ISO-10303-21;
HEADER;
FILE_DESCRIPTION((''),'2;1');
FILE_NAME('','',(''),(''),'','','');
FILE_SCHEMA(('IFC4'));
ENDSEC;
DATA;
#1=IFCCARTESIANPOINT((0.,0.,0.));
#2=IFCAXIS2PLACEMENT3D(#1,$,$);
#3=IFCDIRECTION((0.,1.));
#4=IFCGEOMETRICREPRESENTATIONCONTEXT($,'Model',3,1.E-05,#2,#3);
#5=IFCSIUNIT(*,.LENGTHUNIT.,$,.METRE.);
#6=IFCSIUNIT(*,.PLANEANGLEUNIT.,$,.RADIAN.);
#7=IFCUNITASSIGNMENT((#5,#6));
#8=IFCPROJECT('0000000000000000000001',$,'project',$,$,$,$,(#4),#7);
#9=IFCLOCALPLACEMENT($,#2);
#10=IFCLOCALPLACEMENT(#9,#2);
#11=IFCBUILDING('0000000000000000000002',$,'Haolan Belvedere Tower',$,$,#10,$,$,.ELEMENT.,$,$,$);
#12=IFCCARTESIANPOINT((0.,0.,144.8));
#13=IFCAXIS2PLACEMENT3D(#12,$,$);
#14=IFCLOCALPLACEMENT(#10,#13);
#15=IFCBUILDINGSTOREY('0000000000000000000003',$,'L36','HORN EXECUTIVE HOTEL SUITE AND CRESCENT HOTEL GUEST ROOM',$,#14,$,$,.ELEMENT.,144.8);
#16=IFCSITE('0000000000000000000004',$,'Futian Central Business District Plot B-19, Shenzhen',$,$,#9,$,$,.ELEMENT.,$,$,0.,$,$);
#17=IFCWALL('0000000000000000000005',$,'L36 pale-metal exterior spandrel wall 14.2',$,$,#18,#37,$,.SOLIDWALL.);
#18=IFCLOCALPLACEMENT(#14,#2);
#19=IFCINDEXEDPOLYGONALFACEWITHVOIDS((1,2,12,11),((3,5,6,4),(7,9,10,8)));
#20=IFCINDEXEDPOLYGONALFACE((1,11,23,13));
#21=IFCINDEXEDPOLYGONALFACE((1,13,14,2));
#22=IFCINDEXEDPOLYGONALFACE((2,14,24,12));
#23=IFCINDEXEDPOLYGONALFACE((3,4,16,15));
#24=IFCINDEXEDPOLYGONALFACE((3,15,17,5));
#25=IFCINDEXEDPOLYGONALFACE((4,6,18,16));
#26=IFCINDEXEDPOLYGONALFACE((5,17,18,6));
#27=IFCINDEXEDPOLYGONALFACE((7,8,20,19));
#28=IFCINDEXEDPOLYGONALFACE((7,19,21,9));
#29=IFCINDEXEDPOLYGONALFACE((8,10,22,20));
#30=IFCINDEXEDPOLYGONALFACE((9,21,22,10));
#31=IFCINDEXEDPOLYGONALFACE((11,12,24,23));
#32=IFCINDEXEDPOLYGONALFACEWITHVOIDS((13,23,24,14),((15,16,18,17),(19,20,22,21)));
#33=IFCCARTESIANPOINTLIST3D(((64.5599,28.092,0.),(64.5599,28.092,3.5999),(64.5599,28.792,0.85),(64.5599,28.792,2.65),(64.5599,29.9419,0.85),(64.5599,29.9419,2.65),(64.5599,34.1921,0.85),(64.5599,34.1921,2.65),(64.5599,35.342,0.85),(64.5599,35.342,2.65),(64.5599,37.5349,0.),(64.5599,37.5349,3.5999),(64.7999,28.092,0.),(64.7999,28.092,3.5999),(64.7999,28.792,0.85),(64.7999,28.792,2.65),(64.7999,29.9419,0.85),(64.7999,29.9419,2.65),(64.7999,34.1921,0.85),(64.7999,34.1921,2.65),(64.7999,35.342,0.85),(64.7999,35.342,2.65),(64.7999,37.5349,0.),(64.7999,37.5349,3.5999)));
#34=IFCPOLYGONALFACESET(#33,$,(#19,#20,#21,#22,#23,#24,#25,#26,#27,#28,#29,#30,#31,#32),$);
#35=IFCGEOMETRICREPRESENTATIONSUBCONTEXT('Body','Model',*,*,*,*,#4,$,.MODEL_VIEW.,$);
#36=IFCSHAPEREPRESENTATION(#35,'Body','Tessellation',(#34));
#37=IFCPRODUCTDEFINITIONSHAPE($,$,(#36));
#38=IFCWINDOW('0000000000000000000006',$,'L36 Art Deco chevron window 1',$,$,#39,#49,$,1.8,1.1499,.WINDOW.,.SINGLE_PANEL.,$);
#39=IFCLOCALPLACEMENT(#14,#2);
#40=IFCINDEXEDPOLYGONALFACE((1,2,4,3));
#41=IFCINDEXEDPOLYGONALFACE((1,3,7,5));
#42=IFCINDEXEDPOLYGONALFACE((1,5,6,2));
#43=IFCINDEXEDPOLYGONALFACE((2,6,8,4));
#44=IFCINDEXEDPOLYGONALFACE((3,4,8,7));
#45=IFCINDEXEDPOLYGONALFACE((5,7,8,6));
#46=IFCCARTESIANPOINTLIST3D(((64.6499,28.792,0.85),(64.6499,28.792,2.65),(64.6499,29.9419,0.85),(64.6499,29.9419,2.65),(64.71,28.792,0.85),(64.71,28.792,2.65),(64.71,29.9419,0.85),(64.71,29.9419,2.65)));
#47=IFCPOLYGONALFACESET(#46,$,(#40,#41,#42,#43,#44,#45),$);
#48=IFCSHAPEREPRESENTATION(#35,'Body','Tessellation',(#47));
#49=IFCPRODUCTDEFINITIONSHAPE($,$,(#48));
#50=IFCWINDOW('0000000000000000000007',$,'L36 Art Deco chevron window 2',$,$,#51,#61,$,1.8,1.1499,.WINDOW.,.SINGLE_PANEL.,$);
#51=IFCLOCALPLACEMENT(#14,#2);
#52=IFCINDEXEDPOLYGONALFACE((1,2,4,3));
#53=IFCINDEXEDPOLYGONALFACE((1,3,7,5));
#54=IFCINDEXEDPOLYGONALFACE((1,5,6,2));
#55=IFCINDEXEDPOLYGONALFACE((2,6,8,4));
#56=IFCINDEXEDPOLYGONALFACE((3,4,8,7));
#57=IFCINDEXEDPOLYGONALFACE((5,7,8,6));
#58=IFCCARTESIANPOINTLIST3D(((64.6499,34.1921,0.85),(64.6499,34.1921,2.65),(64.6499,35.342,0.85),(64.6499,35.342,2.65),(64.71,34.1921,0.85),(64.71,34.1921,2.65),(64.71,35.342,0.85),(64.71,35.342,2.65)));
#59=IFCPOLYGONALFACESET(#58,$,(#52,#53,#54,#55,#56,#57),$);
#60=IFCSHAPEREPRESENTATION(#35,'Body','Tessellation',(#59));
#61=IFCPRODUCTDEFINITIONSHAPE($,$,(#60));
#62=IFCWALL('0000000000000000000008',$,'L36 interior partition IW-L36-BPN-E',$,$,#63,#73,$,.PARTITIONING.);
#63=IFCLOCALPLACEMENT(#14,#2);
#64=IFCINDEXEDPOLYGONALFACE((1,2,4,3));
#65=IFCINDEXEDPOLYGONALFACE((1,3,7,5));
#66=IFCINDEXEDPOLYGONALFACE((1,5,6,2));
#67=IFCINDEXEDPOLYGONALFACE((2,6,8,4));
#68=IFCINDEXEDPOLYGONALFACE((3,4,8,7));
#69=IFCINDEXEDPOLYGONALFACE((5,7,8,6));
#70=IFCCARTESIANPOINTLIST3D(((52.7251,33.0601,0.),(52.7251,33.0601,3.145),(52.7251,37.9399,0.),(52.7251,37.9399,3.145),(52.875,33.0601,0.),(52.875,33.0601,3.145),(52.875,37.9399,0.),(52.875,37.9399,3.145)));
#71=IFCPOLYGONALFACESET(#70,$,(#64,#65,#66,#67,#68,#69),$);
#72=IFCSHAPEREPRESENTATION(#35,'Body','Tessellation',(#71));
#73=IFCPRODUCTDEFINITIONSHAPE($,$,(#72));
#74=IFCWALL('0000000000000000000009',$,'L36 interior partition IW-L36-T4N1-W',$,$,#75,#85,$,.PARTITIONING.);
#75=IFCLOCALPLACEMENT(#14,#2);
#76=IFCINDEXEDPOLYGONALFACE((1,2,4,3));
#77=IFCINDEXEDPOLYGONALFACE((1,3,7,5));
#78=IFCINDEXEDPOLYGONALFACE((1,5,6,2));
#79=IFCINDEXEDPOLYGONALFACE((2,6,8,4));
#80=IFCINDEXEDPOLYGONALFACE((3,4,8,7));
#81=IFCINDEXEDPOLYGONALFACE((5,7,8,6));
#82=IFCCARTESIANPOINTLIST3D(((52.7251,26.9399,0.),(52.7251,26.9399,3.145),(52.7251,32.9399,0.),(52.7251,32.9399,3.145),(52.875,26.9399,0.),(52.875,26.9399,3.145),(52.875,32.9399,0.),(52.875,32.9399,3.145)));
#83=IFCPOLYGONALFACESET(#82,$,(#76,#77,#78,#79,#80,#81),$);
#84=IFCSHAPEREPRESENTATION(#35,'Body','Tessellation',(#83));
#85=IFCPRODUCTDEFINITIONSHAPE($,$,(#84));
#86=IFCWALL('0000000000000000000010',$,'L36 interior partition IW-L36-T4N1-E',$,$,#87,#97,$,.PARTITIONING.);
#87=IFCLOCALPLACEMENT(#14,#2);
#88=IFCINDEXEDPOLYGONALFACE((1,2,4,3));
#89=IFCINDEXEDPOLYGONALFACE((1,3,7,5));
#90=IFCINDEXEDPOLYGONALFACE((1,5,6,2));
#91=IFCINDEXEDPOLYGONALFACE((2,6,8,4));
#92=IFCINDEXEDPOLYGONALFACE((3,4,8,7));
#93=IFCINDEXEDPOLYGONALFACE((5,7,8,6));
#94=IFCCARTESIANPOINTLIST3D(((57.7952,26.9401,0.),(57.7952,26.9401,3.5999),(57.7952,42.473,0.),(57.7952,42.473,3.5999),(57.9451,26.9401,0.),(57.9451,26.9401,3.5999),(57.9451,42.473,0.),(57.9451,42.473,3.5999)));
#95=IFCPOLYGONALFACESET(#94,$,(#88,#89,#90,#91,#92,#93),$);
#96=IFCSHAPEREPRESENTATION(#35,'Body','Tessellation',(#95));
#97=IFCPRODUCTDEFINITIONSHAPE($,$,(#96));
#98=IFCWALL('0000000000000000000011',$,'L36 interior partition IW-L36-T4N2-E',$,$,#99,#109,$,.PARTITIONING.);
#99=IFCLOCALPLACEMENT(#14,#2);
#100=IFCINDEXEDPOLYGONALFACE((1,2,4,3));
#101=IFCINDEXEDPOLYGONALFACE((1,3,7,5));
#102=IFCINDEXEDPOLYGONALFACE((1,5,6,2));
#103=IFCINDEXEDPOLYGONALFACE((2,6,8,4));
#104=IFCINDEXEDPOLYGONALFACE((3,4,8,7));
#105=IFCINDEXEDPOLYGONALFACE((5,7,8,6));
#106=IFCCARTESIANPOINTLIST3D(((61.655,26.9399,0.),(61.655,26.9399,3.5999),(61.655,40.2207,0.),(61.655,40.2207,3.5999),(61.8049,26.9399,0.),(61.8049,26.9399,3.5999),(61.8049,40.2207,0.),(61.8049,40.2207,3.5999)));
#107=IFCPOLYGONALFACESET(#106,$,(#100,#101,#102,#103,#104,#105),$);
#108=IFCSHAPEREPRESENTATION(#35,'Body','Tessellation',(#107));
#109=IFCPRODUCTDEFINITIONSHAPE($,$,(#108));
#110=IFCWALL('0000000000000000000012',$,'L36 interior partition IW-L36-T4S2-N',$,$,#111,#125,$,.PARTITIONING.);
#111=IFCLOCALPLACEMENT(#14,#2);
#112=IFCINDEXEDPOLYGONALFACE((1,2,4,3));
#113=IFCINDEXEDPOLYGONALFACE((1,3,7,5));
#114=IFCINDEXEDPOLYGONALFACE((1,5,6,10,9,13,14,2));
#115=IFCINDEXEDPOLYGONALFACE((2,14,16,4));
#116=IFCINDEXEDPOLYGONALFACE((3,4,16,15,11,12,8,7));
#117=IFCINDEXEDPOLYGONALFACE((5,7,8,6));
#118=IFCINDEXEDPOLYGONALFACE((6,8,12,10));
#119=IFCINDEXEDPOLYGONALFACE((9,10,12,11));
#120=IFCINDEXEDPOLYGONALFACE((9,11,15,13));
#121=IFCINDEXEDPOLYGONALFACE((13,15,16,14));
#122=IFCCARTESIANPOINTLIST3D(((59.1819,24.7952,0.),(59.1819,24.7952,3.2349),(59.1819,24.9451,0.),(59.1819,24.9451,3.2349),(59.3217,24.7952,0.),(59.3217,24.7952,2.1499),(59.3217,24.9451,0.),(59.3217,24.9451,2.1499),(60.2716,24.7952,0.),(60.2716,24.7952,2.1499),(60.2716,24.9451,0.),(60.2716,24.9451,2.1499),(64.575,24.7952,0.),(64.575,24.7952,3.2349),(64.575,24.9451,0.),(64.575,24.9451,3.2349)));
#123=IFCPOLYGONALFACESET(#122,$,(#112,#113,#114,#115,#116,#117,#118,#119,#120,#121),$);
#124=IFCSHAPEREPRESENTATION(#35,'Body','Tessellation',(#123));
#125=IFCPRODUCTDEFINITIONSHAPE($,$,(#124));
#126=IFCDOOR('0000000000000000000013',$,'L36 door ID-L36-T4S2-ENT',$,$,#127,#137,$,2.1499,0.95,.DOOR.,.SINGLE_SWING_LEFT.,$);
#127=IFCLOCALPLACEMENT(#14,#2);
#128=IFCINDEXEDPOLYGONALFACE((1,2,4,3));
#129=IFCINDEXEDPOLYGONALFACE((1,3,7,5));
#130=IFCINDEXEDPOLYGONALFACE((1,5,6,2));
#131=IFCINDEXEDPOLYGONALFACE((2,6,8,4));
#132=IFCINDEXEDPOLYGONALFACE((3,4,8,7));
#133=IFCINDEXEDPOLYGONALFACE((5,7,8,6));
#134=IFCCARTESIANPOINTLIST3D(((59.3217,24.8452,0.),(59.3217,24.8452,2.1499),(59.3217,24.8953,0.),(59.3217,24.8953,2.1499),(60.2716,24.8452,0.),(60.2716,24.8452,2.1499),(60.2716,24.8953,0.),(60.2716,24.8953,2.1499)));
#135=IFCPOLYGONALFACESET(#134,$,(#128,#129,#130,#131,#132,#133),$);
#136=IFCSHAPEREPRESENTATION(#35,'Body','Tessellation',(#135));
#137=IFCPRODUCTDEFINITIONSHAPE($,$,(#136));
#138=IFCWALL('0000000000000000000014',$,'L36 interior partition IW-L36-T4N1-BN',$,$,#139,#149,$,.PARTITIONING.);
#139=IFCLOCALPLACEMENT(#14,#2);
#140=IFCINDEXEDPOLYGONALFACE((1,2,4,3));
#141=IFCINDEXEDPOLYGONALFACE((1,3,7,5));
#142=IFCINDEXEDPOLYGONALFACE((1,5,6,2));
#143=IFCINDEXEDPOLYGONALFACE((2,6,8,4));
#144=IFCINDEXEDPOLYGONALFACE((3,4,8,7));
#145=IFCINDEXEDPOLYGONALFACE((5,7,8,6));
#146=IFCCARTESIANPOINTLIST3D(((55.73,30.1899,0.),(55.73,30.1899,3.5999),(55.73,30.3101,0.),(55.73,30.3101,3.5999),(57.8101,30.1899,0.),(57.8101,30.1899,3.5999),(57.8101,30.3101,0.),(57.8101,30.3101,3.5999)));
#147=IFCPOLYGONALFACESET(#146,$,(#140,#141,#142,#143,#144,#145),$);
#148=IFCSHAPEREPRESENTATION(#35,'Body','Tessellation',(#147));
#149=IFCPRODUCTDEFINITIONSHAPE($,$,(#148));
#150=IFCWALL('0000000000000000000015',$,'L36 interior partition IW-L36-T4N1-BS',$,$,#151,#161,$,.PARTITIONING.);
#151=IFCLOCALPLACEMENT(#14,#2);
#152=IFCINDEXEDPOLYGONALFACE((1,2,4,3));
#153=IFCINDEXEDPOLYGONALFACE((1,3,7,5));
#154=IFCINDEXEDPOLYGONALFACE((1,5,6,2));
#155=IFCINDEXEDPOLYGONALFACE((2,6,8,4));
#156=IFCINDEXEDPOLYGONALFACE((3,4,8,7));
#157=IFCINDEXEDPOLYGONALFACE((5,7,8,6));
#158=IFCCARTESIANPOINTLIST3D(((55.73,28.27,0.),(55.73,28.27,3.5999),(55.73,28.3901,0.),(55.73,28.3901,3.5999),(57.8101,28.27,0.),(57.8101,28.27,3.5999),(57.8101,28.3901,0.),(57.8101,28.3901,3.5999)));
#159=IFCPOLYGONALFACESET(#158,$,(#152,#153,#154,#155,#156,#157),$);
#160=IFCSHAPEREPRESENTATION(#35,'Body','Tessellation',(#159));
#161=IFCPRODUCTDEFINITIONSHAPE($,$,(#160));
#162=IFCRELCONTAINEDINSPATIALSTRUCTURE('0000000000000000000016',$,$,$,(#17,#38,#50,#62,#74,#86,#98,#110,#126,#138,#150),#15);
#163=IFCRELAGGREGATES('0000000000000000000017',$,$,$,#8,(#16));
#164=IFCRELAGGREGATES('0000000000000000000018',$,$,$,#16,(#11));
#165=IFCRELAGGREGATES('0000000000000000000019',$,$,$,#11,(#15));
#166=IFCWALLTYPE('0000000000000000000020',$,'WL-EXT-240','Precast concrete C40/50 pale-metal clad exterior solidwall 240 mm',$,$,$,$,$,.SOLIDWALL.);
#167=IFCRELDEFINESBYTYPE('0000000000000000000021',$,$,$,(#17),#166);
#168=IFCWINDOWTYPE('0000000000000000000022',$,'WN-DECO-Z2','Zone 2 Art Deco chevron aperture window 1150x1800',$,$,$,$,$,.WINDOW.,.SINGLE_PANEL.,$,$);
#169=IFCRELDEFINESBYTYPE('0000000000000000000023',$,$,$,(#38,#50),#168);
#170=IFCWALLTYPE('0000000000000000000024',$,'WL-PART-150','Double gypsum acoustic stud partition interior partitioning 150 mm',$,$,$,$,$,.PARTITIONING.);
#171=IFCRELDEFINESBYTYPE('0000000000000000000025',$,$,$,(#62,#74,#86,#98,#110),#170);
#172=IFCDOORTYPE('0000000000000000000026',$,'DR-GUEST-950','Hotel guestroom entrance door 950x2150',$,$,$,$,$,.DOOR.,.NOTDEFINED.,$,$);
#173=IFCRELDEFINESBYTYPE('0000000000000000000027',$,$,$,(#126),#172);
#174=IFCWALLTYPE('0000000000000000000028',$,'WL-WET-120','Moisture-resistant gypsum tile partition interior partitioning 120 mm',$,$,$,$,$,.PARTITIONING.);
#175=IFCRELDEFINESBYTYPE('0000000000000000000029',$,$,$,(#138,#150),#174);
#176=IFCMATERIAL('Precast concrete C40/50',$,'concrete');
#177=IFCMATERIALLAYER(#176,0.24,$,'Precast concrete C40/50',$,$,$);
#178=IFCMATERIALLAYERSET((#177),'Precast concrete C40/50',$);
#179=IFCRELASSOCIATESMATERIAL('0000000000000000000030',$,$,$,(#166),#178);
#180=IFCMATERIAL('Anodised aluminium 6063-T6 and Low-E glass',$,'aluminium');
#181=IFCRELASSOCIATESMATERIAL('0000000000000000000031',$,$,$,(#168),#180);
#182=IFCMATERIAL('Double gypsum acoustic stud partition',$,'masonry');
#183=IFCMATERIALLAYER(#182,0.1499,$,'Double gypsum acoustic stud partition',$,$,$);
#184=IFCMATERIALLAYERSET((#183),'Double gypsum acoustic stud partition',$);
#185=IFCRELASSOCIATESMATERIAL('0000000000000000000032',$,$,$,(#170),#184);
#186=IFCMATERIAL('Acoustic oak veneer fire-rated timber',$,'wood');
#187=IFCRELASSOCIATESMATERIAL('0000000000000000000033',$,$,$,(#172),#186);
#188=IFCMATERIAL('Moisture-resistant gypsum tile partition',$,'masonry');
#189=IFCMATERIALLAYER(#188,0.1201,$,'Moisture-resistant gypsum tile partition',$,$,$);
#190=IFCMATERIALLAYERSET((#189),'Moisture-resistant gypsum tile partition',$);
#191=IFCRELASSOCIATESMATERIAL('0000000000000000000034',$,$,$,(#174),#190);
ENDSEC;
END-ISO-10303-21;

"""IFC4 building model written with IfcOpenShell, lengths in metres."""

from ifc_helpers import new_model, si_unit, direction, frame, frame_2d, origin, place, context, subcontext, project, spatial, rectangle, extrude, material, layer, layer_set, type_object, element, fill, save


model = new_model("IFC4")

# Units and contexts
model_context = context("Model", 3, precision=1e-05, world=origin(), true_north=direction((0.0, 1.0)))
body_context = subcontext(model_context, "Body", "Model", "MODEL_VIEW")
ifc_project = project(units=[si_unit("LENGTHUNIT", "METRE"), si_unit("PLANEANGLEUNIT", "RADIAN")], contexts=[model_context])

# Site, building, storey
site_placement = place(None, origin())
site = spatial("IfcSite", under=ifc_project, at=site_placement, Name="Futian Central Business District Plot B-19, Shenzhen", CompositionType="ELEMENT", RefElevation=0.0)
building_placement = place(site_placement, origin())
building = spatial("IfcBuilding", under=site, at=building_placement, Name="Haolan Belvedere Tower", CompositionType="ELEMENT")
storey_placement = place(building_placement, frame((0.0, 0.0, 144.8)))
storey = spatial("IfcBuildingStorey", under=building, at=storey_placement, Name="L36", Description="HORN EXECUTIVE HOTEL SUITE AND CRESCENT HOTEL GUEST ROOM", CompositionType="ELEMENT", Elevation=144.8)

# Wall, openings, windows
ifc_material_1 = material(Name="Precast concrete C40/50", Category="concrete")
ifc_layer_1 = layer(ifc_material_1, 0.24, Name="Precast concrete C40/50")
ifc_layer_set_1 = layer_set([ifc_layer_1], Name="Precast concrete C40/50")
wall_type_1 = type_object("IfcWallType", Name="WL-EXT-240", Description="Precast concrete C40/50 pale-metal clad exterior solidwall 240 mm", PredefinedType="SOLIDWALL", material=ifc_layer_set_1)
wall_1_placement = place(storey_placement, frame((64.6799, 28.092, 0.0), z_axis=(0.0, 0.0, 1.0), x_axis=(0.0, 1.0, 0.0)))
wall_1 = element("IfcWall", 1, at=wall_1_placement, inside=storey, type_object=wall_type_1, Name="L36 pale-metal exterior spandrel wall 14.2", PredefinedType="SOLIDWALL", context=body_context, shape_type="SweptSolid", body=[
    extrude(rectangle(XDim=9.4429, YDim=0.24, at=frame_2d((4.7214, 0.0))), origin(), (0.0, 0.0, 1.0), 3.5999),
])
opening_1_placement = place(wall_1_placement, frame((0.7, 0.0, 0.8501)))
opening_1 = element("IfcOpeningElement", 2, at=opening_1_placement, cuts=wall_1, PredefinedType="OPENING", context=body_context, shape_type="SweptSolid", body=[
    extrude(rectangle(XDim=1.1499, YDim=1.8, at=frame_2d((0.575, 0.8999))), frame((0.0, 0.1299, 0.0), z_axis=(0.0, -1.0, 0.0), x_axis=(1.0, 0.0, 0.0)), (0.0, 0.0, 1.0), 0.26),
])
opening_2_placement = place(wall_1_placement, frame((6.1001, 0.0, 0.8501)))
opening_2 = element("IfcOpeningElement", 3, at=opening_2_placement, cuts=wall_1, PredefinedType="OPENING", context=body_context, shape_type="SweptSolid", body=[
    extrude(rectangle(XDim=1.1499, YDim=1.8, at=frame_2d((0.575, 0.8999))), frame((0.0, 0.1299, 0.0), z_axis=(0.0, -1.0, 0.0), x_axis=(1.0, 0.0, 0.0)), (0.0, 0.0, 1.0), 0.26),
])
ifc_material_2 = material(Name="Anodised aluminium 6063-T6 and Low-E glass", Category="aluminium")
window_type = type_object("IfcWindowType", Name="WN-DECO-Z2", Description="Zone 2 Art Deco chevron aperture window 1150x1800", PartitioningType="SINGLE_PANEL", PredefinedType="WINDOW", material=ifc_material_2)
window_1_placement = place(opening_1_placement, origin())
window_1 = element("IfcWindow", 4, at=window_1_placement, inside=storey, type_object=window_type, Name="L36 Art Deco chevron window 1", OverallHeight=1.8, OverallWidth=1.1499, PartitioningType="SINGLE_PANEL", PredefinedType="WINDOW", context=body_context, shape_type="SweptSolid", body=[
    extrude(rectangle(XDim=1.1499, YDim=1.8, at=frame_2d((0.575, 0.8999))), frame((0.0, 0.03, 0.0), z_axis=(0.0, -1.0, 0.0), x_axis=(1.0, 0.0, 0.0)), (0.0, 0.0, 1.0), 0.0601),
])
fill(opening_1, window_1)
window_2_placement = place(opening_2_placement, origin())
window_2 = element("IfcWindow", 5, at=window_2_placement, inside=storey, type_object=window_type, Name="L36 Art Deco chevron window 2", OverallHeight=1.8, OverallWidth=1.1499, PartitioningType="SINGLE_PANEL", PredefinedType="WINDOW", context=body_context, shape_type="SweptSolid", body=[
    extrude(rectangle(XDim=1.1499, YDim=1.8, at=frame_2d((0.575, 0.8999))), frame((0.0, 0.03, 0.0), z_axis=(0.0, -1.0, 0.0), x_axis=(1.0, 0.0, 0.0)), (0.0, 0.0, 1.0), 0.0601),
])
fill(opening_2, window_2)

# Walls
ifc_material_3 = material(Name="Double gypsum acoustic stud partition", Category="masonry")
ifc_layer_2 = layer(ifc_material_3, 0.1499, Name="Double gypsum acoustic stud partition")
ifc_layer_set_2 = layer_set([ifc_layer_2], Name="Double gypsum acoustic stud partition")
wall_type_2 = type_object("IfcWallType", Name="WL-PART-150", Description="Double gypsum acoustic stud partition interior partitioning 150 mm", PredefinedType="PARTITIONING", material=ifc_layer_set_2)
wall_2_placement = place(storey_placement, frame((52.8, 33.0601, 0.0), z_axis=(0.0, 0.0, 1.0), x_axis=(0.0, 1.0, 0.0)))
element("IfcWall", 6, at=wall_2_placement, inside=storey, type_object=wall_type_2, Name="L36 interior partition IW-L36-BPN-E", PredefinedType="PARTITIONING", context=body_context, shape_type="SweptSolid", body=[
    extrude(rectangle(XDim=4.8799, YDim=0.1499, at=frame_2d((2.4399, 0.0))), origin(), (0.0, 0.0, 1.0), 3.145),
])
wall_3_placement = place(storey_placement, frame((52.8, 26.9399, 0.0), z_axis=(0.0, 0.0, 1.0), x_axis=(0.0, 1.0, 0.0)))
element("IfcWall", 7, at=wall_3_placement, inside=storey, type_object=wall_type_2, Name="L36 interior partition IW-L36-T4N1-W", PredefinedType="PARTITIONING", context=body_context, shape_type="SweptSolid", body=[
    extrude(rectangle(XDim=6.0, YDim=0.1499, at=frame_2d((3.0, 0.0))), origin(), (0.0, 0.0, 1.0), 3.145),
])
wall_4_placement = place(storey_placement, frame((57.8701, 26.9399, 0.0), z_axis=(0.0, 0.0, 1.0), x_axis=(0.0, 1.0, 0.0)))
element("IfcWall", 8, at=wall_4_placement, inside=storey, type_object=wall_type_2, Name="L36 interior partition IW-L36-T4N1-E", PredefinedType="PARTITIONING", context=body_context, shape_type="SweptSolid", body=[
    extrude(rectangle(XDim=15.533, YDim=0.1499, at=frame_2d((7.7666, 0.0))), origin(), (0.0, 0.0, 1.0), 3.5999),
])

# Shared definitions
ifc_material_4 = material(Name="Acoustic oak veneer fire-rated timber", Category="wood")
door_type_1 = type_object("IfcDoorType", Name="DR-GUEST-950", Description="Hotel guestroom entrance door 950x2150", OperationType="NOTDEFINED", PredefinedType="DOOR", material=ifc_material_4)

# Wall
wall_5_placement = place(storey_placement, frame((61.73, 26.9399, 0.0), z_axis=(0.0, 0.0, 1.0), x_axis=(0.0, 1.0, 0.0)))
element("IfcWall", 9, at=wall_5_placement, inside=storey, type_object=wall_type_2, Name="L36 interior partition IW-L36-T4N2-E", PredefinedType="PARTITIONING", context=body_context, shape_type="SweptSolid", body=[
    extrude(rectangle(XDim=13.2808, YDim=0.1499, at=frame_2d((6.6404, 0.0))), origin(), (0.0, 0.0, 1.0), 3.5999),
])

# Wall, opening, door
wall_6_placement = place(storey_placement, frame((59.1819, 24.8701, 0.0), z_axis=(0.0, 0.0, 1.0), x_axis=(1.0, 0.0, 0.0)))
wall_6 = element("IfcWall", 10, at=wall_6_placement, inside=storey, type_object=wall_type_2, Name="L36 interior partition IW-L36-T4S2-N", PredefinedType="PARTITIONING", context=body_context, shape_type="SweptSolid", body=[
    extrude(rectangle(XDim=5.3931, YDim=0.1499, at=frame_2d((2.6965, 0.0))), origin(), (0.0, 0.0, 1.0), 3.2349),
])
opening_3_placement = place(wall_6_placement, frame((1.0898, 0.0, 0.0), z_axis=(0.0, 0.0, 1.0), x_axis=(-1.0, 0.0, 0.0)))
opening_3 = element("IfcOpeningElement", 11, at=opening_3_placement, cuts=wall_6, PredefinedType="OPENING", context=body_context, shape_type="SweptSolid", body=[
    extrude(rectangle(XDim=0.95, YDim=2.1499, at=frame_2d((0.4751, 1.075))), frame((0.0, 0.085, 0.0), z_axis=(0.0, -1.0, 0.0), x_axis=(1.0, 0.0, 0.0)), (0.0, 0.0, 1.0), 0.1699),
])
door_1_placement = place(opening_3_placement, origin())
door_1 = element("IfcDoor", 12, at=door_1_placement, inside=storey, type_object=door_type_1, Name="L36 door ID-L36-T4S2-ENT", OperationType="SINGLE_SWING_LEFT", OverallHeight=2.1499, OverallWidth=0.95, PredefinedType="DOOR", context=body_context, shape_type="SweptSolid", body=[
    extrude(rectangle(XDim=0.95, YDim=2.1499, at=frame_2d((0.4751, 1.075))), frame((0.0, 0.0249, 0.0), z_axis=(0.0, -1.0, 0.0), x_axis=(1.0, 0.0, 0.0)), (0.0, 0.0, 1.0), 0.05),
])
fill(opening_3, door_1)

# Walls
ifc_material_5 = material(Name="Moisture-resistant gypsum tile partition", Category="masonry")
ifc_layer_3 = layer(ifc_material_5, 0.1201, Name="Moisture-resistant gypsum tile partition")
ifc_layer_set_3 = layer_set([ifc_layer_3], Name="Moisture-resistant gypsum tile partition")
wall_type_3 = type_object("IfcWallType", Name="WL-WET-120", Description="Moisture-resistant gypsum tile partition interior partitioning 120 mm", PredefinedType="PARTITIONING", material=ifc_layer_set_3)
for number, where, z_axis, x_axis, name in (
    (13, (55.73, 30.25, 0.0), (0.0, 0.0, 1.0), (1.0, 0.0, 0.0), "L36 interior partition IW-L36-T4N1-BN"),
    (14, (55.73, 28.3301, 0.0), (0.0, 0.0, 1.0), (1.0, 0.0, 0.0), "L36 interior partition IW-L36-T4N1-BS"),
):
    element("IfcWall", number, at=place(storey_placement, frame(where, z_axis=z_axis, x_axis=x_axis)), inside=storey, type_object=wall_type_3, Name=name, PredefinedType="PARTITIONING", context=body_context, shape_type="SweptSolid", body=[
        extrude(rectangle(XDim=2.0801, YDim=0.1201, at=frame_2d((1.04, 0.0))), origin(), (0.0, 0.0, 1.0), 3.5999),
    ])

save(model, "model.ifc")
